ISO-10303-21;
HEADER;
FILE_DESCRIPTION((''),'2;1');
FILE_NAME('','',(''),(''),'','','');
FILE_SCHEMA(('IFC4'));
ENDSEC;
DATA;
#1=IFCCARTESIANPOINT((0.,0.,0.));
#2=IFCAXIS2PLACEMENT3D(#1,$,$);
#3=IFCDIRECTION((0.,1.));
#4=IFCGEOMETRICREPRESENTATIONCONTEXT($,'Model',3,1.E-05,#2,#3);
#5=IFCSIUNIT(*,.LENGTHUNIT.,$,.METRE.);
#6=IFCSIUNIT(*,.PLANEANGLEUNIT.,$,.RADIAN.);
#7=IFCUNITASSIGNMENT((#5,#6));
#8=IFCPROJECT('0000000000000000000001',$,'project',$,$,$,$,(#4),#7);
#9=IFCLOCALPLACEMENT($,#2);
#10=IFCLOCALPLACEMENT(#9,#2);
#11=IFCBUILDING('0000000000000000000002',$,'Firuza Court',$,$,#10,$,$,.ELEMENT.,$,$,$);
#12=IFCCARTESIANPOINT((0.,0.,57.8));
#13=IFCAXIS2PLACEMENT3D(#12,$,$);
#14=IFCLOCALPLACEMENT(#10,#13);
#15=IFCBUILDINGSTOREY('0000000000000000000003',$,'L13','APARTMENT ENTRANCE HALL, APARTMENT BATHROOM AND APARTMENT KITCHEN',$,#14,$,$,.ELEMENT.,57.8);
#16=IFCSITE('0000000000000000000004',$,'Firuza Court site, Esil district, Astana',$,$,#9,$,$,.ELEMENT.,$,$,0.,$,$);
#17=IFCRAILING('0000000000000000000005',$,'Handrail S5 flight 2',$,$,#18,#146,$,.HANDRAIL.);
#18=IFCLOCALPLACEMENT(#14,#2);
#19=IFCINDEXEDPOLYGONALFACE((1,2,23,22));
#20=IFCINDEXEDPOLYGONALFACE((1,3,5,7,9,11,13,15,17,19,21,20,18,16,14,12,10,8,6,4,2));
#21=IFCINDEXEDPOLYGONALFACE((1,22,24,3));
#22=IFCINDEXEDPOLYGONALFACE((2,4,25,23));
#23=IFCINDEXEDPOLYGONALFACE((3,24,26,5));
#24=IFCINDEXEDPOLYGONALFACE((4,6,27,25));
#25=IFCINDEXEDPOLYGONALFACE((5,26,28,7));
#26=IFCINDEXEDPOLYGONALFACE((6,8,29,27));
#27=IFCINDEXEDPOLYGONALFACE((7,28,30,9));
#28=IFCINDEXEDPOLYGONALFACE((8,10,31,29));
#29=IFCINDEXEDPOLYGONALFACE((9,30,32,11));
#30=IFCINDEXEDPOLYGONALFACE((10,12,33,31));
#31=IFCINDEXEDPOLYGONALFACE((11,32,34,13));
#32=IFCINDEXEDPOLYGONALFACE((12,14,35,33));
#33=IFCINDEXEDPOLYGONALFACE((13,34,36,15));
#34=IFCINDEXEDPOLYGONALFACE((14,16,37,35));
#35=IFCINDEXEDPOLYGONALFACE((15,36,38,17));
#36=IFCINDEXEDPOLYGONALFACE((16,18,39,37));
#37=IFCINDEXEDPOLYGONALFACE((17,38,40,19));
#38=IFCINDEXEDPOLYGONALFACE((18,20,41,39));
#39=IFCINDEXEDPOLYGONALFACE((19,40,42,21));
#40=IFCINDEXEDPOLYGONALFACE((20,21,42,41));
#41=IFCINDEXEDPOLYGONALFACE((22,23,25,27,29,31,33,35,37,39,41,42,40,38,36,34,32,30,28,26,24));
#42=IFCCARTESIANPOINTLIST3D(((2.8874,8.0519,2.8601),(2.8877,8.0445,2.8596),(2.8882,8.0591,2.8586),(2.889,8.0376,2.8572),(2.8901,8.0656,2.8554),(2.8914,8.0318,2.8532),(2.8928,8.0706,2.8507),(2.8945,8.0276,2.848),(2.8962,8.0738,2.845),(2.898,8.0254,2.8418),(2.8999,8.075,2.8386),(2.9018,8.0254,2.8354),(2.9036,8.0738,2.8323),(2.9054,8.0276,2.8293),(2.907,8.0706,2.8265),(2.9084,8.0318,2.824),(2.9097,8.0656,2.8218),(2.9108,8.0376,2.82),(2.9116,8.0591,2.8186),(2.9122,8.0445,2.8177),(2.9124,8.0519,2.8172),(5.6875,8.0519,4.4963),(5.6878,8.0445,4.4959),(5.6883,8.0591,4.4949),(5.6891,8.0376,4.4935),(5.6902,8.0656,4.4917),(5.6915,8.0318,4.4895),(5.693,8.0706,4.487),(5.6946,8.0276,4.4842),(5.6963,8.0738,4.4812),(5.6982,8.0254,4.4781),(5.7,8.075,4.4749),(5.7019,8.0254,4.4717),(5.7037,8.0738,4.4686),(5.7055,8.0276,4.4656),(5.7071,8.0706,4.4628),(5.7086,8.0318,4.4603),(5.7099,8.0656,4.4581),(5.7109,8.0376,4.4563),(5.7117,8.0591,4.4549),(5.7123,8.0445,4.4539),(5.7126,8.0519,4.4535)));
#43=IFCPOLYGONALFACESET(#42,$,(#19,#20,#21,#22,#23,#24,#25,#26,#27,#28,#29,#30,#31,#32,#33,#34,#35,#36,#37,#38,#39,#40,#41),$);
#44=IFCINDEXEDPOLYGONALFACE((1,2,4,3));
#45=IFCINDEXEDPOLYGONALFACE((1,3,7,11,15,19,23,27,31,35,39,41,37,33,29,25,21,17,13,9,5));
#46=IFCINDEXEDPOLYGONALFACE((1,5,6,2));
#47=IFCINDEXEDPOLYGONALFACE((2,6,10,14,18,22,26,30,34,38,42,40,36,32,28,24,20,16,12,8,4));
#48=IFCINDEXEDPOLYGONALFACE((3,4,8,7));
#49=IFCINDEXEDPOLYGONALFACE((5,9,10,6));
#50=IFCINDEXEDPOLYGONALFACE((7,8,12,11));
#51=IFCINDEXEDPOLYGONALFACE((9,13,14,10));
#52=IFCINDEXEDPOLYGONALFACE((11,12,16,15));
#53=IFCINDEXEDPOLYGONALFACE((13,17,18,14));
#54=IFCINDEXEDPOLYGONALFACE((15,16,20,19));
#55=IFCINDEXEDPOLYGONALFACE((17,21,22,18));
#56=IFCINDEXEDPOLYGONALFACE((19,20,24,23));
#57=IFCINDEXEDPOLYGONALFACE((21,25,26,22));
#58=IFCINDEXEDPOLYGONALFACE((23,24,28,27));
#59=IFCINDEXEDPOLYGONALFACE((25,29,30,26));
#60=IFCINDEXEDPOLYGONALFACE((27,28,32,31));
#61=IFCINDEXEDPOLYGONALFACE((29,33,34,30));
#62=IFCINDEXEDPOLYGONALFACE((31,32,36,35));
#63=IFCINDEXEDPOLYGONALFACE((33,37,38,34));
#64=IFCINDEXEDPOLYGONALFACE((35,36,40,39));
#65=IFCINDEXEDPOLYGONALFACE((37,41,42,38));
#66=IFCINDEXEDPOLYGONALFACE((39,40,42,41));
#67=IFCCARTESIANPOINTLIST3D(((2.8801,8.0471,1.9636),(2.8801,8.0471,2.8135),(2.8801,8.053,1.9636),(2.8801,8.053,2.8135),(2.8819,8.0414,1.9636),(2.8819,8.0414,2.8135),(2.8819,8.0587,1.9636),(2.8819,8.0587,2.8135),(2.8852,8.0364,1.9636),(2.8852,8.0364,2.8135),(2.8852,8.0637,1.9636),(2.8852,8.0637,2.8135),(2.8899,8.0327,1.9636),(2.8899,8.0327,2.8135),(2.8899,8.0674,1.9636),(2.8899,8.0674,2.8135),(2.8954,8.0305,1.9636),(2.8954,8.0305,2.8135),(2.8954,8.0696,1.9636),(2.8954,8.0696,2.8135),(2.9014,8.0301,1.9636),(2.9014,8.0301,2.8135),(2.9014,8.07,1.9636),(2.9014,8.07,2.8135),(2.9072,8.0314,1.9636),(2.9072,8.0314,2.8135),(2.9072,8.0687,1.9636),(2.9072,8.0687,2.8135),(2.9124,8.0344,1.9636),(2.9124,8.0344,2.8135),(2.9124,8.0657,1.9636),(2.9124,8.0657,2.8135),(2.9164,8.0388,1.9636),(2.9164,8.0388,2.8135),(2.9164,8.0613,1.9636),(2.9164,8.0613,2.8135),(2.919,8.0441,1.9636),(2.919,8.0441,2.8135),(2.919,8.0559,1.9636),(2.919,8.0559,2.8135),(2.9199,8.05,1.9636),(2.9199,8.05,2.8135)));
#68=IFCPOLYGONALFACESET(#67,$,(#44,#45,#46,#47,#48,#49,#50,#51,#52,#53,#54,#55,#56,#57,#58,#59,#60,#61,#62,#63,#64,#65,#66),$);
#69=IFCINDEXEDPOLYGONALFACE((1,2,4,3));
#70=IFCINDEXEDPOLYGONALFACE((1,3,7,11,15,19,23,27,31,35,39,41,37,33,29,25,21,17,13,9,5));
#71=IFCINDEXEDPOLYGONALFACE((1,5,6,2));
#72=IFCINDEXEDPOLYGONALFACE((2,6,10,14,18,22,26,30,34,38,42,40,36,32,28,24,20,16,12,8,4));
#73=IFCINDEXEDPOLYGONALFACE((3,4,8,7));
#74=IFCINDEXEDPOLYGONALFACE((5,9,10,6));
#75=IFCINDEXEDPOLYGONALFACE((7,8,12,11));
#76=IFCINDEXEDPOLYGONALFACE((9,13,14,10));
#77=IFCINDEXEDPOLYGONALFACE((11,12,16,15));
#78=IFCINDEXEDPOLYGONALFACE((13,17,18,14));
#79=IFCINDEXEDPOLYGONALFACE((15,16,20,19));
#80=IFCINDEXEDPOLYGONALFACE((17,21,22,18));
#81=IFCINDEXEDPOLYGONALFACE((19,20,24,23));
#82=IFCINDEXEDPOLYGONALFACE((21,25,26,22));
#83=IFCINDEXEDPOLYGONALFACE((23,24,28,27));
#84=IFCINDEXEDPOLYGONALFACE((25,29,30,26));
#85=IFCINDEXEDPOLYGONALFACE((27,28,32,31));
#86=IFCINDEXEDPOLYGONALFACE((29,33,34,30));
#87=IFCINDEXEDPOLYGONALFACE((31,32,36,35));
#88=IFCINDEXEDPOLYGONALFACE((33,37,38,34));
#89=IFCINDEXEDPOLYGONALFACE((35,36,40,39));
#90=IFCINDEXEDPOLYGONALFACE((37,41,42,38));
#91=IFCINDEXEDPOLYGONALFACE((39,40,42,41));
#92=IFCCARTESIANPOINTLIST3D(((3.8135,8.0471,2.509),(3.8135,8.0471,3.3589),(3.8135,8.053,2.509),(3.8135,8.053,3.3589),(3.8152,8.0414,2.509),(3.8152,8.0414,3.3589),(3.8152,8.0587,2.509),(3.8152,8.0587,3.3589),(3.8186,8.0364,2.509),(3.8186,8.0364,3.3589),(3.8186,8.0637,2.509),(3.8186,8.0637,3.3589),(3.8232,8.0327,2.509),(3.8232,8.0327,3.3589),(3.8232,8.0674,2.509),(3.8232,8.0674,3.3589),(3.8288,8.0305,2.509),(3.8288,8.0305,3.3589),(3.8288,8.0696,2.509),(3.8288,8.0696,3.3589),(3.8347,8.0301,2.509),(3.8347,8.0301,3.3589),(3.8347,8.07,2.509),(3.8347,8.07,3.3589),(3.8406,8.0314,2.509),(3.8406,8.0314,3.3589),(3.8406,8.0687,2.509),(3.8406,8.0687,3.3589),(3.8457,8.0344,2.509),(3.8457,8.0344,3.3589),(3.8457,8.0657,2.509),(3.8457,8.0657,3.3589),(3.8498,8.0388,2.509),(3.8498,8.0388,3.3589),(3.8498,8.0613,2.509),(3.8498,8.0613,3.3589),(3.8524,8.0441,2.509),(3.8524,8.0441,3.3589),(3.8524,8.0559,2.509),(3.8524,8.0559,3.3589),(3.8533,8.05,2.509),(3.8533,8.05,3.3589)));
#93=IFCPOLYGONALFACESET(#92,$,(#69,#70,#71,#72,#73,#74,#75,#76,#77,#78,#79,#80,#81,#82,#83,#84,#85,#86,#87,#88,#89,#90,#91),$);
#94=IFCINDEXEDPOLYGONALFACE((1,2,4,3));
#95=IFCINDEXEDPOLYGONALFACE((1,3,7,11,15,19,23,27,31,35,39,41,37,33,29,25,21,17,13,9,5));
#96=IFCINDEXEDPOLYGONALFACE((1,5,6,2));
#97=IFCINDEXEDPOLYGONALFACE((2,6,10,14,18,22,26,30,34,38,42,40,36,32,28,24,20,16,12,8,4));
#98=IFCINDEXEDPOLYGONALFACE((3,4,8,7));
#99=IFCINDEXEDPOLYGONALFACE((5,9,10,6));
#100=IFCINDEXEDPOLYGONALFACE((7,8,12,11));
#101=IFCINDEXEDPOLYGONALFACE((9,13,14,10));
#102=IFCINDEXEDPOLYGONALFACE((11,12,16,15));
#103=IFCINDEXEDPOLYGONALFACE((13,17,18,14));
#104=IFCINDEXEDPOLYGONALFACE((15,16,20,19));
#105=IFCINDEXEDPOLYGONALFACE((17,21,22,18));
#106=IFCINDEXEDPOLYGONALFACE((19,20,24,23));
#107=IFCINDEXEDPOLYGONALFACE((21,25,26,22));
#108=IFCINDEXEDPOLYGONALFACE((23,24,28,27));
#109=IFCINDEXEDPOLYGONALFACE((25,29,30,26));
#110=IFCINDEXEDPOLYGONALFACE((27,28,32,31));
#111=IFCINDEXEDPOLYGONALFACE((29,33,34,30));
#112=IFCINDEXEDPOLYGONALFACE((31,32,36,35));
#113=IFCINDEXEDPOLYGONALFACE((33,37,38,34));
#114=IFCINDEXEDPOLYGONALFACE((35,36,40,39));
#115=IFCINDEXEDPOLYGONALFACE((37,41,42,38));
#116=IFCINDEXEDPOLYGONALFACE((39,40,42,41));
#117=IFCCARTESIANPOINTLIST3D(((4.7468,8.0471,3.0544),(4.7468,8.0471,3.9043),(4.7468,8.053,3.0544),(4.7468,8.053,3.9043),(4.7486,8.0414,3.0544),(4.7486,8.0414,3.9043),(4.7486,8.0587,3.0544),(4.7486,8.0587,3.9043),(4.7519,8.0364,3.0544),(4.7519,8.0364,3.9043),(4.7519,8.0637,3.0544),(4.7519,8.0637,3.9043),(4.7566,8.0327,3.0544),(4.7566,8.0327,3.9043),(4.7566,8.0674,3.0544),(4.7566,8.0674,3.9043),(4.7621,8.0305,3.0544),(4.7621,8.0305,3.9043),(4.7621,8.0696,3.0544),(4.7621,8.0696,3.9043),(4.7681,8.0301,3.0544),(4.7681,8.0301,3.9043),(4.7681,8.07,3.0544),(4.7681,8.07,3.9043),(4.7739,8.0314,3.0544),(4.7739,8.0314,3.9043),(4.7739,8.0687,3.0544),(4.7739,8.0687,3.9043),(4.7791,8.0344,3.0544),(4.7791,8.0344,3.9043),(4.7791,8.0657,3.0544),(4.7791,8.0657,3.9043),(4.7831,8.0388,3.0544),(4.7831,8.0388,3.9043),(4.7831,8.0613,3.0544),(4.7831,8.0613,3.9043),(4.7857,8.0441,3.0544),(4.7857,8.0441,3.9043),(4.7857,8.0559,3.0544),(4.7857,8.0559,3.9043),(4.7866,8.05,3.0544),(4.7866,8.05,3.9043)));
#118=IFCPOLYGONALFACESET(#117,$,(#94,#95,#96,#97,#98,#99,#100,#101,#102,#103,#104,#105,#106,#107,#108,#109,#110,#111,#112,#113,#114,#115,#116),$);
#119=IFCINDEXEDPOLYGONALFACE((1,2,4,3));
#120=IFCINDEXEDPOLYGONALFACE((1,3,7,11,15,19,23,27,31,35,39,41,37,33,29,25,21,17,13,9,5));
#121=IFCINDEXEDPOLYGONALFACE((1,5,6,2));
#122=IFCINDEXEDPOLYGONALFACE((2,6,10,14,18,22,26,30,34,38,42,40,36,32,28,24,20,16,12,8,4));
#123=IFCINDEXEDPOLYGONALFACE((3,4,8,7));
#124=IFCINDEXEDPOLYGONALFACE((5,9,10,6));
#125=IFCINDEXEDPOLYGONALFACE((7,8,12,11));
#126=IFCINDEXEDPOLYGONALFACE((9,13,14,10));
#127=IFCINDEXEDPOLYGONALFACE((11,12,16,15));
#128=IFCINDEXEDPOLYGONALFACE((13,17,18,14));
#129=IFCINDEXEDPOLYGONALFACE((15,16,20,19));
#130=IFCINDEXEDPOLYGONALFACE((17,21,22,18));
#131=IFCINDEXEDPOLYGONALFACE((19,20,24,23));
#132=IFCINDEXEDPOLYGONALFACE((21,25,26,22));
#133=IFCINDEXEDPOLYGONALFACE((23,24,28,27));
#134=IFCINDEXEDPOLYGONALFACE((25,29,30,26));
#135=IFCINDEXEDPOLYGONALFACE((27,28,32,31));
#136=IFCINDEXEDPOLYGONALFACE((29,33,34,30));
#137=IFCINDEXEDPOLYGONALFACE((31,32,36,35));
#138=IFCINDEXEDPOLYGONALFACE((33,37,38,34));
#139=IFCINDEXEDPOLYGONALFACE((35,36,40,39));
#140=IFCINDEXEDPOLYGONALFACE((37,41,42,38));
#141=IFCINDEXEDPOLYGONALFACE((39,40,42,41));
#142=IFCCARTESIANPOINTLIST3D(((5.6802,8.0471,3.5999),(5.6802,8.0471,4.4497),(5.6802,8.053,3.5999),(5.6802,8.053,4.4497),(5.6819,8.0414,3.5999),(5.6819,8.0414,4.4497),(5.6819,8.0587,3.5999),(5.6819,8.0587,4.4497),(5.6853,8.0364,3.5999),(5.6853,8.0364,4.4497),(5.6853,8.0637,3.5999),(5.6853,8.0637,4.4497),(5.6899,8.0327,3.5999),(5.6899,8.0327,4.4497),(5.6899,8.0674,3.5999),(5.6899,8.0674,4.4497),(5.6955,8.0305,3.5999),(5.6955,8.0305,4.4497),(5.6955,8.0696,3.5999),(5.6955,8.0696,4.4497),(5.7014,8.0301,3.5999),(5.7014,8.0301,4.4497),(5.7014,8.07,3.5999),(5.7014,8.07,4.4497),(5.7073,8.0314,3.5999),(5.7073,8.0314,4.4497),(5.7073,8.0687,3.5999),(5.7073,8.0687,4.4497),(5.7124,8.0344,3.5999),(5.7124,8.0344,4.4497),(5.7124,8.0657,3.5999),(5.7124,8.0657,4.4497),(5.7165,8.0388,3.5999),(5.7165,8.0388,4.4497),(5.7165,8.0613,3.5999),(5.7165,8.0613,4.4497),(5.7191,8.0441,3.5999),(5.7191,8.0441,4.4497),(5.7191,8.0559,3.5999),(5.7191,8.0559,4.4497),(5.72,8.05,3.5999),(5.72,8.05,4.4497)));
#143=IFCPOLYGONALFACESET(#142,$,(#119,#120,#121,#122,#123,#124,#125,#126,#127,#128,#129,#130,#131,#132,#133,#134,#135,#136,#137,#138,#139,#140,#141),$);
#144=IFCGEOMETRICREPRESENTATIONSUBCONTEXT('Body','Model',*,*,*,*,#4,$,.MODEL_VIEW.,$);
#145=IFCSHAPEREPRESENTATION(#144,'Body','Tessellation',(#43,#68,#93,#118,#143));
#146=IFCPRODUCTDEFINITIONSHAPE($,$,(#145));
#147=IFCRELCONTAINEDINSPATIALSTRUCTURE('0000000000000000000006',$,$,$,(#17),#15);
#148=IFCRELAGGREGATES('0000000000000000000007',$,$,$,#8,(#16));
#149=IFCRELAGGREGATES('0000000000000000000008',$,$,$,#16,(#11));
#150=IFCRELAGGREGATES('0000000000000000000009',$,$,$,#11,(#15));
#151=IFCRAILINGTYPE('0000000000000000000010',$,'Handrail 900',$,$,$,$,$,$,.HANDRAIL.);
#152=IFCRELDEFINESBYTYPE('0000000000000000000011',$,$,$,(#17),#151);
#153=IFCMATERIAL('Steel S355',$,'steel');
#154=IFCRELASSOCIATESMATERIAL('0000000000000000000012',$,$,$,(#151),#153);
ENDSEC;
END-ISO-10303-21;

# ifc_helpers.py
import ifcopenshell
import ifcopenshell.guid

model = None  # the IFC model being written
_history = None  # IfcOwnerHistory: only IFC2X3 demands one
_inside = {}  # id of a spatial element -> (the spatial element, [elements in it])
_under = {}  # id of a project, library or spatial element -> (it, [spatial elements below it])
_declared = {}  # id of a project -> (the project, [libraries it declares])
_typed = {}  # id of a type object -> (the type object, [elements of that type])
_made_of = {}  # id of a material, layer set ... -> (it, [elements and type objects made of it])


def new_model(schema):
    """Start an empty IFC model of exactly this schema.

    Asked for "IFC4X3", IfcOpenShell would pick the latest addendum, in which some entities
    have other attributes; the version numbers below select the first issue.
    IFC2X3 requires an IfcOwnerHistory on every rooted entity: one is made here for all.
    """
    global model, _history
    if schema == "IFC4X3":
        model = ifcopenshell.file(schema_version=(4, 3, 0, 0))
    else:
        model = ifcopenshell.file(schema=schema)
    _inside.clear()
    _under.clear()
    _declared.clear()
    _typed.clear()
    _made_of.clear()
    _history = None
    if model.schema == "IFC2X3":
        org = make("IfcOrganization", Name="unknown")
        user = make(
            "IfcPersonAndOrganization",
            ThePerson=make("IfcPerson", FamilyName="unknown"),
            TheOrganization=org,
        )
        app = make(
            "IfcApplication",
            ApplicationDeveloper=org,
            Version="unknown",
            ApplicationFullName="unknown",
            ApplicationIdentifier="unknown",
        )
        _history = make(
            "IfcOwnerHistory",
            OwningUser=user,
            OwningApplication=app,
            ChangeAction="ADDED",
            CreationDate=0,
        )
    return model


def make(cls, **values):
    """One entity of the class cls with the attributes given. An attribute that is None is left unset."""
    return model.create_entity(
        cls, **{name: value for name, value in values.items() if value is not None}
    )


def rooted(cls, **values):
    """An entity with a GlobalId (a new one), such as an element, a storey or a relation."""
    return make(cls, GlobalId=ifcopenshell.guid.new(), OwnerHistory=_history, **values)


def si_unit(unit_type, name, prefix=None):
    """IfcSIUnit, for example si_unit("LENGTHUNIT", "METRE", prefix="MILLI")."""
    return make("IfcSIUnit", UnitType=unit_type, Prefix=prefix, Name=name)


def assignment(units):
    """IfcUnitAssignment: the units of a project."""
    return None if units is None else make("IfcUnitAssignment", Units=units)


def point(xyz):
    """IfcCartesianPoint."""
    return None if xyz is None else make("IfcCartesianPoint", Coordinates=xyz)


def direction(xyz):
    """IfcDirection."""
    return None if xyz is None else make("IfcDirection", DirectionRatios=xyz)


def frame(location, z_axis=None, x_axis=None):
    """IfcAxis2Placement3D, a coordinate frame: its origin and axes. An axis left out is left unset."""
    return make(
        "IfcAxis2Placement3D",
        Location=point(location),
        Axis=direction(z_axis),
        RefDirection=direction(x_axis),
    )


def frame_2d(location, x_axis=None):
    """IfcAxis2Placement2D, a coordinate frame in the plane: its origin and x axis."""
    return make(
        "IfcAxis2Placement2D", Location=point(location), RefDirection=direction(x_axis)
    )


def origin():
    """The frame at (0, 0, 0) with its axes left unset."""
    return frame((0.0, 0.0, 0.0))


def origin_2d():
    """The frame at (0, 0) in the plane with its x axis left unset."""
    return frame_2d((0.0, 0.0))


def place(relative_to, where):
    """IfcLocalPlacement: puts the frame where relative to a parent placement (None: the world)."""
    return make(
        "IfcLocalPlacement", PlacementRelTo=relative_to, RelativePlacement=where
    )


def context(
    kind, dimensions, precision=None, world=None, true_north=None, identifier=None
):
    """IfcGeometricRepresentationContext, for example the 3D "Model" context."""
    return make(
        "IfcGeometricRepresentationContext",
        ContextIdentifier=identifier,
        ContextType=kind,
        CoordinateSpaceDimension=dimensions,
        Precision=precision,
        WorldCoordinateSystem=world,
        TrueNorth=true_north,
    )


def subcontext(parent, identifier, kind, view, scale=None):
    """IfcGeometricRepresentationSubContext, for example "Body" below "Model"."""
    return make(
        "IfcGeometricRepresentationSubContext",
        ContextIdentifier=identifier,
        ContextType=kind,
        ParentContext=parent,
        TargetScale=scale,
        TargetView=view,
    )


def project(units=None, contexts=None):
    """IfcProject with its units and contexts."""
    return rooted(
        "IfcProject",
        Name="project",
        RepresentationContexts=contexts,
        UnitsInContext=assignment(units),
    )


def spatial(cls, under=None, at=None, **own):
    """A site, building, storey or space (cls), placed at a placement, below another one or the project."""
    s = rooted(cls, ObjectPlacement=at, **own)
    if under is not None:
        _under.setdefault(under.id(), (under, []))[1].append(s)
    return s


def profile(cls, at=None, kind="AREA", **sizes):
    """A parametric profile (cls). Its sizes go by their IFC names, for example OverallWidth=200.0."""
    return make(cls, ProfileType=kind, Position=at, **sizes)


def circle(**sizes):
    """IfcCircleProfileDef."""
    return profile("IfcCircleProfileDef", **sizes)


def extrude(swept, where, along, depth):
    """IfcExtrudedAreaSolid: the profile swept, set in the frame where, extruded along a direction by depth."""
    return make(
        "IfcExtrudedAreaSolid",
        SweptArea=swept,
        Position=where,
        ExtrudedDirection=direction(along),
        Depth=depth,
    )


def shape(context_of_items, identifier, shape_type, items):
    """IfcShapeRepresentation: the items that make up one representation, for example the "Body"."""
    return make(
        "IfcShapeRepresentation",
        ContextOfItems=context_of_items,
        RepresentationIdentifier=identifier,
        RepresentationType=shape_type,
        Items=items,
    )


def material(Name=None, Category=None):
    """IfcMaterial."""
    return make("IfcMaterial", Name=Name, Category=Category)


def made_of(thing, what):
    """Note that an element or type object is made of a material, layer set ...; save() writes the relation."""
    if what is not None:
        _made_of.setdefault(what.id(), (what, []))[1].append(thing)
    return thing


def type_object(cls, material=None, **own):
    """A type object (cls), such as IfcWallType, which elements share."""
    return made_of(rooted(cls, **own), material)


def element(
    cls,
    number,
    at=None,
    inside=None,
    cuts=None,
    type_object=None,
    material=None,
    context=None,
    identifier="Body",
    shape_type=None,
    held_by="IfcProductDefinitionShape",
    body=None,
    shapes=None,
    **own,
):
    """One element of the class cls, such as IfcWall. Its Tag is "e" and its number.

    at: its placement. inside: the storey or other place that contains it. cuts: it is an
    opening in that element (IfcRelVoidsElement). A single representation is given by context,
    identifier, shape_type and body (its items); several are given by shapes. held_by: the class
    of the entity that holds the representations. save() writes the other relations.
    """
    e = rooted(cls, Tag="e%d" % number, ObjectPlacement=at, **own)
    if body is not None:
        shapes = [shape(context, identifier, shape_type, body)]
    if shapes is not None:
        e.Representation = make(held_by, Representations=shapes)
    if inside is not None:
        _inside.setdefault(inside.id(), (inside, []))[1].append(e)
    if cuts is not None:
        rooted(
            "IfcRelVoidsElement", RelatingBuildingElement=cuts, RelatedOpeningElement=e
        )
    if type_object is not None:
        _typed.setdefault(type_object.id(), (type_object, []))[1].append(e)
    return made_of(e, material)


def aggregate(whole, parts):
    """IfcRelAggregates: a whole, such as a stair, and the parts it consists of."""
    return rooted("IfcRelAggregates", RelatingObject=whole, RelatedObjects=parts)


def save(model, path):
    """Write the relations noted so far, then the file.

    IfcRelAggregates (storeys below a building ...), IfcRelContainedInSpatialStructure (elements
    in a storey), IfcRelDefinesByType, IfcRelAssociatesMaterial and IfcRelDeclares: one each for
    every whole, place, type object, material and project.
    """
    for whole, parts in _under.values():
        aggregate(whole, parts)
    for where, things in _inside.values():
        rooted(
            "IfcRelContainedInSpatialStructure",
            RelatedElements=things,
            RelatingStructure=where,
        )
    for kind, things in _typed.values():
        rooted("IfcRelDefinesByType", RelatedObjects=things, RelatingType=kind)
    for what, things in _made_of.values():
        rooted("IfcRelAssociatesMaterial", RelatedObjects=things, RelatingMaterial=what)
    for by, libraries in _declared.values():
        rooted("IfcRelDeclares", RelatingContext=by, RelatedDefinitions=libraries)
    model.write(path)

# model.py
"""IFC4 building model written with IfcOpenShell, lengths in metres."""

from ifc_helpers import new_model, si_unit, direction, frame, origin, origin_2d, place, context, subcontext, project, spatial, circle, extrude, material, type_object, element, save


model = new_model("IFC4")

# Units and contexts
model_context = context("Model", 3, precision=1e-05, world=origin(), true_north=direction((0.0, 1.0)))
body_context = subcontext(model_context, "Body", "Model", "MODEL_VIEW")
ifc_project = project(units=[si_unit("LENGTHUNIT", "METRE"), si_unit("PLANEANGLEUNIT", "RADIAN")], contexts=[model_context])

# Site, building, storey
site_placement = place(None, origin())
site = spatial("IfcSite", under=ifc_project, at=site_placement, Name="Firuza Court site, Esil district, Astana", CompositionType="ELEMENT", RefElevation=0.0)
building_placement = place(site_placement, origin())
building = spatial("IfcBuilding", under=site, at=building_placement, Name="Firuza Court", CompositionType="ELEMENT")
storey_placement = place(building_placement, frame((0.0, 0.0, 57.8)))
storey = spatial("IfcBuildingStorey", under=building, at=storey_placement, Name="L13", Description="APARTMENT ENTRANCE HALL, APARTMENT BATHROOM AND APARTMENT KITCHEN", CompositionType="ELEMENT", Elevation=57.8)

# Railing
ifc_material_1 = material(Name="Steel S355", Category="steel")
railing_type_1 = type_object("IfcRailingType", Name="Handrail 900", PredefinedType="HANDRAIL", material=ifc_material_1)
railing_1_placement = place(storey_placement, frame((2.8999, 8.05, 1.9636)))
element("IfcRailing", 1, at=railing_1_placement, inside=storey, type_object=railing_type_1, Name="Handrail S5 flight 2", PredefinedType="HANDRAIL", context=body_context, shape_type="SweptSolid", body=[
    extrude(circle(Radius=0.0249, at=origin_2d()), frame((0.0, 0.0, 0.875), z_axis=(0.863394, 0.0, 0.504531), x_axis=(0.0, 1.0, 0.0)), (0.0, 0.0, 1.0), 3.2432),
    extrude(circle(Radius=0.02, at=origin_2d()), origin(), (0.0, 0.0, 1.0), 0.8499),
    extrude(circle(Radius=0.02, at=origin_2d()), frame((0.9333, 0.0, 0.5454)), (0.0, 0.0, 1.0), 0.8499),
    extrude(circle(Radius=0.02, at=origin_2d()), frame((1.8667, 0.0, 1.0908)), (0.0, 0.0, 1.0), 0.8499),
    extrude(circle(Radius=0.02, at=origin_2d()), frame((2.8, 0.0, 1.6362)), (0.0, 0.0, 1.0), 0.8499),
])

save(model, "model.ifc")
